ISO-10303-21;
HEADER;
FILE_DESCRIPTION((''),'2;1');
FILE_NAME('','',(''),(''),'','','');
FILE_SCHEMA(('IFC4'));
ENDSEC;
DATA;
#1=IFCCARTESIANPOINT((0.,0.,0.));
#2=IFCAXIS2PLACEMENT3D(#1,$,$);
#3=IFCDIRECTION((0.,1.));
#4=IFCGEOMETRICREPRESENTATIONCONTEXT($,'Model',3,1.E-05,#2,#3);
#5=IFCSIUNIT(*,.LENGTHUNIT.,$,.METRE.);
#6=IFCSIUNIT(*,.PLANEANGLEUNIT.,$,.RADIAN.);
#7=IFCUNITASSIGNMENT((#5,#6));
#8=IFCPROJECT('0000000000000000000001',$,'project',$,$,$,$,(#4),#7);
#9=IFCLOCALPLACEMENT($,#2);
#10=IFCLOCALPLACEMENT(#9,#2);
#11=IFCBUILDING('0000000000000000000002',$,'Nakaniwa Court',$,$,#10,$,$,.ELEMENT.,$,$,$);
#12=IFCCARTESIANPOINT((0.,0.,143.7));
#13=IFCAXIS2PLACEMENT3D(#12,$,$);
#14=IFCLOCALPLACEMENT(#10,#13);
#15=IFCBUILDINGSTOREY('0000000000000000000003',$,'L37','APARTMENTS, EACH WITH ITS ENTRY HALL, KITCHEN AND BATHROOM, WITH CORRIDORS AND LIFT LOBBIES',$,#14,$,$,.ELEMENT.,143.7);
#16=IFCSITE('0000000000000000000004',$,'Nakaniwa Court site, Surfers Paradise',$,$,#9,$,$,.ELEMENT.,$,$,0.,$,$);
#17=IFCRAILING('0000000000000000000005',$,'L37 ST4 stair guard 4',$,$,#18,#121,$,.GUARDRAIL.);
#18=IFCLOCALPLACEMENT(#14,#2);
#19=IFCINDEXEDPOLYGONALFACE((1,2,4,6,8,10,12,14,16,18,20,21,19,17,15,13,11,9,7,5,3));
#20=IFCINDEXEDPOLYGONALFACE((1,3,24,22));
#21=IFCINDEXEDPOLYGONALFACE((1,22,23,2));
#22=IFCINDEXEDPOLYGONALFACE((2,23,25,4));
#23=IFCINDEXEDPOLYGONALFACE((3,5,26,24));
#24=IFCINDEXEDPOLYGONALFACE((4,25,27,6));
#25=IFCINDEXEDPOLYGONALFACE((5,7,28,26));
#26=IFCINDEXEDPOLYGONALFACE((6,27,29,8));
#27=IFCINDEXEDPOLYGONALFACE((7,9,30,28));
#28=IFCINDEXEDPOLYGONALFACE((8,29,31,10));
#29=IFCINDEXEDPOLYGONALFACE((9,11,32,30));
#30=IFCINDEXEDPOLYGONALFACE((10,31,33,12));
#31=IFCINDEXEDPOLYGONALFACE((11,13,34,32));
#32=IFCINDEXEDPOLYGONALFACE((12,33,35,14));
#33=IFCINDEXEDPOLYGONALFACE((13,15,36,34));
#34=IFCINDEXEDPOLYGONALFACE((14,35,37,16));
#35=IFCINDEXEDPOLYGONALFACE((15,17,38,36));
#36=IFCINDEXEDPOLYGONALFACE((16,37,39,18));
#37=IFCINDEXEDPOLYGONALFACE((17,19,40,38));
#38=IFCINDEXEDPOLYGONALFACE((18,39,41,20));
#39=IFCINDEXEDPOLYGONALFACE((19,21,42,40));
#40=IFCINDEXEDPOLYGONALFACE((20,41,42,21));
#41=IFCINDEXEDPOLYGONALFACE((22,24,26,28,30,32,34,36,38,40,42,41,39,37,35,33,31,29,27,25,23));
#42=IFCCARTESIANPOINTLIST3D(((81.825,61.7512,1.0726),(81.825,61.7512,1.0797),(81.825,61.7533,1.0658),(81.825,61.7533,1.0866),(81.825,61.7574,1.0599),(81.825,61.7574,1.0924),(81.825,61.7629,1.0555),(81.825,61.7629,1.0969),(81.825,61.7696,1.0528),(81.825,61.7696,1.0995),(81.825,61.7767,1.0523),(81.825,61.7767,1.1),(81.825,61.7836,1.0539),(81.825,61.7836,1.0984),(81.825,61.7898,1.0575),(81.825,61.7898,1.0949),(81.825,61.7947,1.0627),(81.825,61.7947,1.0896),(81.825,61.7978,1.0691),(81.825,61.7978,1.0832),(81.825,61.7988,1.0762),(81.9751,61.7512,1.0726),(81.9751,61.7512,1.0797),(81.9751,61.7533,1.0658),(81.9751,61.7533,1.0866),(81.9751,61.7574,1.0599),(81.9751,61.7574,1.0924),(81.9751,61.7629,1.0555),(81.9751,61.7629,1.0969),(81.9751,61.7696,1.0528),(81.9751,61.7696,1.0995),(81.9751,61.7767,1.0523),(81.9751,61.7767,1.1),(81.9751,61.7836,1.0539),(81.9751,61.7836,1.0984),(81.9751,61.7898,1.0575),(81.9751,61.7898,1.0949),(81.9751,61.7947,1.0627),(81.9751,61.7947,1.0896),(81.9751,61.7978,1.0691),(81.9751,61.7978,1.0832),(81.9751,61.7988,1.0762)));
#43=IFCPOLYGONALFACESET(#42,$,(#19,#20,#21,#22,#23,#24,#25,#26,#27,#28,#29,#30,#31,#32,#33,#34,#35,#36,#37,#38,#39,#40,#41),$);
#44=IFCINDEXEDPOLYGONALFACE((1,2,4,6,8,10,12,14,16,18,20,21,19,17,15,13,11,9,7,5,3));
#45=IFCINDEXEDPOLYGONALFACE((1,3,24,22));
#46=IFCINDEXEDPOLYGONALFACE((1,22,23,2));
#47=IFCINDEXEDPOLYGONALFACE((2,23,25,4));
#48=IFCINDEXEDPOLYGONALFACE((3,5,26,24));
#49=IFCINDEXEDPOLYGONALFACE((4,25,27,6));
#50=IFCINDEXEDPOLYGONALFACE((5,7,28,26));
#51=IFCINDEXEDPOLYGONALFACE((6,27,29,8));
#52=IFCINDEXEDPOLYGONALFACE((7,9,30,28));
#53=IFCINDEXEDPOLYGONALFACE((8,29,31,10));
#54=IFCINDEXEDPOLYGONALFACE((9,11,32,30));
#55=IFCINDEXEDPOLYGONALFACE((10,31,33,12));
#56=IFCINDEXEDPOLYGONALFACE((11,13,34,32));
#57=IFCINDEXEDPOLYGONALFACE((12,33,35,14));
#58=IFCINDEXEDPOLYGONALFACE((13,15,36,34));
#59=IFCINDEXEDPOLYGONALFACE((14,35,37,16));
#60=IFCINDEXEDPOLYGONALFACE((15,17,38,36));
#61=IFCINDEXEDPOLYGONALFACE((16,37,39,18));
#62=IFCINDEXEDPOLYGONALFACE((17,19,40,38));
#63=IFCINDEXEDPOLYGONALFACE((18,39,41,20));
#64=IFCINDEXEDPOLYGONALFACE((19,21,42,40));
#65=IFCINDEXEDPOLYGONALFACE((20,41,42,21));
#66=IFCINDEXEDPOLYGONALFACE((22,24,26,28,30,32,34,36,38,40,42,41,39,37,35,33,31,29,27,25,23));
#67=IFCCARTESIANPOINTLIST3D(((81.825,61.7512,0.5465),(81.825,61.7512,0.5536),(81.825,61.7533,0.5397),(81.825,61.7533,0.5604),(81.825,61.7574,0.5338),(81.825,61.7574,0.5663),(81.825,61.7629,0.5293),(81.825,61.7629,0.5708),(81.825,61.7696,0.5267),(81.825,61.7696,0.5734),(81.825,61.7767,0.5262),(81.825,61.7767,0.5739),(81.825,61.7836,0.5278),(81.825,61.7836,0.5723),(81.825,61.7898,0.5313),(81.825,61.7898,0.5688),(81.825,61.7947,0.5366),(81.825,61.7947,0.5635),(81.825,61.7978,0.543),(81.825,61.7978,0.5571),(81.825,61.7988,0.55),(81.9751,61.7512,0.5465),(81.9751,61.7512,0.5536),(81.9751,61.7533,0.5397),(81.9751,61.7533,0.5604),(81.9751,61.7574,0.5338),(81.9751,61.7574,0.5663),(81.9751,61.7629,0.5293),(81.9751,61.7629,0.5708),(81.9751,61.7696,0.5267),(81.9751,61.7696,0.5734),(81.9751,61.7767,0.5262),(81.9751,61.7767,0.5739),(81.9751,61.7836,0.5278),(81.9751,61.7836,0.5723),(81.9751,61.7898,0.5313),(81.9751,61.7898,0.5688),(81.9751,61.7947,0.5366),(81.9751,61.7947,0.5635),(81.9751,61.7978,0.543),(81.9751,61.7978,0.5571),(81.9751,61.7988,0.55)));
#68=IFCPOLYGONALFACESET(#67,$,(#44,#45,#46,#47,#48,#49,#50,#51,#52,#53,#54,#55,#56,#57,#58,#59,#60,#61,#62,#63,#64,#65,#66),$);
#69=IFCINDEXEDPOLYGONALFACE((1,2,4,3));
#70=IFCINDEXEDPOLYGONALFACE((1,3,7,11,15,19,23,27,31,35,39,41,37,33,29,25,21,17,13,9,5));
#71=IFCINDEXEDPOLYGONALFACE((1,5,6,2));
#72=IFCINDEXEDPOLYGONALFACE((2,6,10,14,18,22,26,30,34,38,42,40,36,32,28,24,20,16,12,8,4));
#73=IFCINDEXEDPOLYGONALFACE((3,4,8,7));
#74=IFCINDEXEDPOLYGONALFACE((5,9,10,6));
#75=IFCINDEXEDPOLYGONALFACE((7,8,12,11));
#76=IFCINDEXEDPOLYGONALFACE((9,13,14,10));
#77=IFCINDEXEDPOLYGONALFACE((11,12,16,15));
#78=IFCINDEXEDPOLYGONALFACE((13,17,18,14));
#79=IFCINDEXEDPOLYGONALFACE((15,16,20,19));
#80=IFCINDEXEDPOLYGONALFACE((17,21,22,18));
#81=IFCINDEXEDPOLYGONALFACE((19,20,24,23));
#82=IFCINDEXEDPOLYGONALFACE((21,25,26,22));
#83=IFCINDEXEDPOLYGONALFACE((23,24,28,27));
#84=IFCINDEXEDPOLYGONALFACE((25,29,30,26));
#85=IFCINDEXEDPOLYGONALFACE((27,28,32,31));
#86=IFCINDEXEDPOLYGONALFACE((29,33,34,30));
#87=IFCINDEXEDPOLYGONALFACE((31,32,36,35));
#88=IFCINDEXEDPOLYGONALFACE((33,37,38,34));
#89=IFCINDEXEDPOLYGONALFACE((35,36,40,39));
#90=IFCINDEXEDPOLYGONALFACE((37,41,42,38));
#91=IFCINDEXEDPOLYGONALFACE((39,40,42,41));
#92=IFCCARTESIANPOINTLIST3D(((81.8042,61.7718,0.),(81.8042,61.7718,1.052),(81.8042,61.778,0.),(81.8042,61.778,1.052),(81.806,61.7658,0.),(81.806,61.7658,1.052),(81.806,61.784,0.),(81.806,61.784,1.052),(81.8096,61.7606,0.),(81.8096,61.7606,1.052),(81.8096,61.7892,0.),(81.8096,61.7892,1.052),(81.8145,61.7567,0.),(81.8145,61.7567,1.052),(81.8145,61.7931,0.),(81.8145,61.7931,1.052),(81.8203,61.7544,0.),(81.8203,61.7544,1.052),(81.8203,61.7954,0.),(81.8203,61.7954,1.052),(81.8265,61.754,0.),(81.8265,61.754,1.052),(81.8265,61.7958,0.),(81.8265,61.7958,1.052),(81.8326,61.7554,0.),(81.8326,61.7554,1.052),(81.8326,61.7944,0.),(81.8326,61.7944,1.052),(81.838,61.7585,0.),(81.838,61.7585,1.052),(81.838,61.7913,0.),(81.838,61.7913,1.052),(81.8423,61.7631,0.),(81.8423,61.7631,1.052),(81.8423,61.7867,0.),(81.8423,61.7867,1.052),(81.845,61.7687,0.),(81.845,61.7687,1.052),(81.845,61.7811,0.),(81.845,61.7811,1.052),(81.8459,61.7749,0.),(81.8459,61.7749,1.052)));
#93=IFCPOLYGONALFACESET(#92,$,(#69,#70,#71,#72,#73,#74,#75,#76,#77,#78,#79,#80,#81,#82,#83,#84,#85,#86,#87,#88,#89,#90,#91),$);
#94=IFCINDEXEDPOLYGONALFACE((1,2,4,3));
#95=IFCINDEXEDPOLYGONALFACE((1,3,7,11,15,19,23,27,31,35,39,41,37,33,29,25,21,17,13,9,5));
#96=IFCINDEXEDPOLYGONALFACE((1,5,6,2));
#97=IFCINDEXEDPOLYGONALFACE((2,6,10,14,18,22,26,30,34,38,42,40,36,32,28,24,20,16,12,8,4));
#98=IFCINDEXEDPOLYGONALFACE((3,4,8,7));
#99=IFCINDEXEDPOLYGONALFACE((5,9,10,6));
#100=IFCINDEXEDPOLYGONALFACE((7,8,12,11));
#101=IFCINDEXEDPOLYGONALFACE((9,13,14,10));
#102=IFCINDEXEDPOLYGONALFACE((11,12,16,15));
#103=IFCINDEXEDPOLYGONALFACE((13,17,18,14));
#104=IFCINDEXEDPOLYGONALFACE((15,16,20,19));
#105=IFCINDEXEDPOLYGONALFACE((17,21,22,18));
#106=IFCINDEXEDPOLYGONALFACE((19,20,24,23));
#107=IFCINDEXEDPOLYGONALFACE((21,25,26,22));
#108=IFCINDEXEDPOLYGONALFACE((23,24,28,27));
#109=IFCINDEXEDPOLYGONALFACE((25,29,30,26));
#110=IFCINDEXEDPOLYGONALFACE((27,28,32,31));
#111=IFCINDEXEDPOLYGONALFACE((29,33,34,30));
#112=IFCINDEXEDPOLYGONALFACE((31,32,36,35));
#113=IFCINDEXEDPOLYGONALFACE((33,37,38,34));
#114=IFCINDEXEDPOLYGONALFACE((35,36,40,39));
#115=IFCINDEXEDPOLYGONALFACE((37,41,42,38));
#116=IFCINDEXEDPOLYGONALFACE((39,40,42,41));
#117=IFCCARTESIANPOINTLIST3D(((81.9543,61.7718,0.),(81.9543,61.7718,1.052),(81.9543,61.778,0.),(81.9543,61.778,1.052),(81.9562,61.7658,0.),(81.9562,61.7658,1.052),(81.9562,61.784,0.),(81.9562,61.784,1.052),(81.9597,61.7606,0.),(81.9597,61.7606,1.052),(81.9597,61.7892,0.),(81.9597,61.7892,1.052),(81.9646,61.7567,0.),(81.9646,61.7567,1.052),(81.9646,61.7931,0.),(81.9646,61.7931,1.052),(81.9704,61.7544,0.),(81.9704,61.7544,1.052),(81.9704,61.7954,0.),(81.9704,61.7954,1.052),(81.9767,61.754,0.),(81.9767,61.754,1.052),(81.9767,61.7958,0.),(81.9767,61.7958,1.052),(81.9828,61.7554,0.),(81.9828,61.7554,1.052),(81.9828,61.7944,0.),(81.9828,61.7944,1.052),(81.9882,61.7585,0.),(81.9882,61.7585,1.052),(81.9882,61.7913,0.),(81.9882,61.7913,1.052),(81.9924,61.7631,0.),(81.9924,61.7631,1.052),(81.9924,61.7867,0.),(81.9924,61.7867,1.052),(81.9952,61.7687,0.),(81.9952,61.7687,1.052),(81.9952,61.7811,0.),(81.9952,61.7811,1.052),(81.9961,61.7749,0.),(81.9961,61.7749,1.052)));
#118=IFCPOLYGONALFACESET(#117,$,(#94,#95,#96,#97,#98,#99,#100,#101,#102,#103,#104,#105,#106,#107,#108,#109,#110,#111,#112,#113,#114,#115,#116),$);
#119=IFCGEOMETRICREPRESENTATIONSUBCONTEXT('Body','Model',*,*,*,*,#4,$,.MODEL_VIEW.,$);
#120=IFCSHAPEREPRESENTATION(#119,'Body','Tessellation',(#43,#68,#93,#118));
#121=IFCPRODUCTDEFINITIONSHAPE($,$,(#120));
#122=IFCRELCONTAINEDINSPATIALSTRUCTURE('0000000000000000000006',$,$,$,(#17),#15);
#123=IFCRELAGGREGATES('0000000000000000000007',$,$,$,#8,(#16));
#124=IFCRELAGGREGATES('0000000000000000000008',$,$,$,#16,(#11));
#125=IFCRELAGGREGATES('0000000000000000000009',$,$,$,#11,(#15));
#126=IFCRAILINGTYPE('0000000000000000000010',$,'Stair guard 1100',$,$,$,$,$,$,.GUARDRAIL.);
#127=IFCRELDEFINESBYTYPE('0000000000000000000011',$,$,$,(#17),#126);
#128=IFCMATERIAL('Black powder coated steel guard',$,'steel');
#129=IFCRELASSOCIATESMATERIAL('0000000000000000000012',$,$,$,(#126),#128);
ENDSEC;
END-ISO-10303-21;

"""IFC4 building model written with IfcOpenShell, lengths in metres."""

from ifc_helpers import new_model, si_unit, direction, frame, origin, origin_2d, place, context, subcontext, project, spatial, circle, extrude, material, type_object, element, save


model = new_model("IFC4")

# Units and contexts
model_context = context("Model", 3, precision=1e-05, world=origin(), true_north=direction((0.0, 1.0)))
body_context = subcontext(model_context, "Body", "Model", "MODEL_VIEW")
ifc_project = project(units=[si_unit("LENGTHUNIT", "METRE"), si_unit("PLANEANGLEUNIT", "RADIAN")], contexts=[model_context])

# Site, building, storey
site_placement = place(None, origin())
site = spatial("IfcSite", under=ifc_project, at=site_placement, Name="Nakaniwa Court site, Surfers Paradise", CompositionType="ELEMENT", RefElevation=0.0)
building_placement = place(site_placement, origin())
building = spatial("IfcBuilding", under=site, at=building_placement, Name="Nakaniwa Court", CompositionType="ELEMENT")
storey_placement = place(building_placement, frame((0.0, 0.0, 143.7)))
storey = spatial("IfcBuildingStorey", under=building, at=storey_placement, Name="L37", Description="APARTMENTS, EACH WITH ITS ENTRY HALL, KITCHEN AND BATHROOM, WITH CORRIDORS AND LIFT LOBBIES", CompositionType="ELEMENT", Elevation=143.7)

# Railing
ifc_material_1 = material(Name="Black powder coated steel guard", Category="steel")
railing_type_1 = type_object("IfcRailingType", Name="Stair guard 1100", PredefinedType="GUARDRAIL", material=ifc_material_1)
railing_1_placement = place(storey_placement, frame((81.825, 61.7749, 0.0)))
element("IfcRailing", 1, at=railing_1_placement, inside=storey, type_object=railing_type_1, Name="L37 ST4 stair guard 4", PredefinedType="GUARDRAIL", context=body_context, shape_type="SweptSolid", body=[
    extrude(circle(Radius=0.0239, at=origin_2d()), frame((0.0, 0.0, 1.0762), z_axis=(1.0, 0.0, 0.0), x_axis=(0.0, 1.0, 0.0)), (0.0, 0.0, 1.0), 0.1501),
    extrude(circle(Radius=0.0239, at=origin_2d()), frame((0.0, 0.0, 0.55), z_axis=(1.0, 0.0, 0.0), x_axis=(0.0, 1.0, 0.0)), (0.0, 0.0, 1.0), 0.1501),
    extrude(circle(Radius=0.021, at=origin_2d()), origin(), (0.0, 0.0, 1.0), 1.052),
    extrude(circle(Radius=0.021, at=origin_2d()), frame((0.1501, 0.0, 0.0)), (0.0, 0.0, 1.0), 1.052),
])

save(model, "model.ifc")
